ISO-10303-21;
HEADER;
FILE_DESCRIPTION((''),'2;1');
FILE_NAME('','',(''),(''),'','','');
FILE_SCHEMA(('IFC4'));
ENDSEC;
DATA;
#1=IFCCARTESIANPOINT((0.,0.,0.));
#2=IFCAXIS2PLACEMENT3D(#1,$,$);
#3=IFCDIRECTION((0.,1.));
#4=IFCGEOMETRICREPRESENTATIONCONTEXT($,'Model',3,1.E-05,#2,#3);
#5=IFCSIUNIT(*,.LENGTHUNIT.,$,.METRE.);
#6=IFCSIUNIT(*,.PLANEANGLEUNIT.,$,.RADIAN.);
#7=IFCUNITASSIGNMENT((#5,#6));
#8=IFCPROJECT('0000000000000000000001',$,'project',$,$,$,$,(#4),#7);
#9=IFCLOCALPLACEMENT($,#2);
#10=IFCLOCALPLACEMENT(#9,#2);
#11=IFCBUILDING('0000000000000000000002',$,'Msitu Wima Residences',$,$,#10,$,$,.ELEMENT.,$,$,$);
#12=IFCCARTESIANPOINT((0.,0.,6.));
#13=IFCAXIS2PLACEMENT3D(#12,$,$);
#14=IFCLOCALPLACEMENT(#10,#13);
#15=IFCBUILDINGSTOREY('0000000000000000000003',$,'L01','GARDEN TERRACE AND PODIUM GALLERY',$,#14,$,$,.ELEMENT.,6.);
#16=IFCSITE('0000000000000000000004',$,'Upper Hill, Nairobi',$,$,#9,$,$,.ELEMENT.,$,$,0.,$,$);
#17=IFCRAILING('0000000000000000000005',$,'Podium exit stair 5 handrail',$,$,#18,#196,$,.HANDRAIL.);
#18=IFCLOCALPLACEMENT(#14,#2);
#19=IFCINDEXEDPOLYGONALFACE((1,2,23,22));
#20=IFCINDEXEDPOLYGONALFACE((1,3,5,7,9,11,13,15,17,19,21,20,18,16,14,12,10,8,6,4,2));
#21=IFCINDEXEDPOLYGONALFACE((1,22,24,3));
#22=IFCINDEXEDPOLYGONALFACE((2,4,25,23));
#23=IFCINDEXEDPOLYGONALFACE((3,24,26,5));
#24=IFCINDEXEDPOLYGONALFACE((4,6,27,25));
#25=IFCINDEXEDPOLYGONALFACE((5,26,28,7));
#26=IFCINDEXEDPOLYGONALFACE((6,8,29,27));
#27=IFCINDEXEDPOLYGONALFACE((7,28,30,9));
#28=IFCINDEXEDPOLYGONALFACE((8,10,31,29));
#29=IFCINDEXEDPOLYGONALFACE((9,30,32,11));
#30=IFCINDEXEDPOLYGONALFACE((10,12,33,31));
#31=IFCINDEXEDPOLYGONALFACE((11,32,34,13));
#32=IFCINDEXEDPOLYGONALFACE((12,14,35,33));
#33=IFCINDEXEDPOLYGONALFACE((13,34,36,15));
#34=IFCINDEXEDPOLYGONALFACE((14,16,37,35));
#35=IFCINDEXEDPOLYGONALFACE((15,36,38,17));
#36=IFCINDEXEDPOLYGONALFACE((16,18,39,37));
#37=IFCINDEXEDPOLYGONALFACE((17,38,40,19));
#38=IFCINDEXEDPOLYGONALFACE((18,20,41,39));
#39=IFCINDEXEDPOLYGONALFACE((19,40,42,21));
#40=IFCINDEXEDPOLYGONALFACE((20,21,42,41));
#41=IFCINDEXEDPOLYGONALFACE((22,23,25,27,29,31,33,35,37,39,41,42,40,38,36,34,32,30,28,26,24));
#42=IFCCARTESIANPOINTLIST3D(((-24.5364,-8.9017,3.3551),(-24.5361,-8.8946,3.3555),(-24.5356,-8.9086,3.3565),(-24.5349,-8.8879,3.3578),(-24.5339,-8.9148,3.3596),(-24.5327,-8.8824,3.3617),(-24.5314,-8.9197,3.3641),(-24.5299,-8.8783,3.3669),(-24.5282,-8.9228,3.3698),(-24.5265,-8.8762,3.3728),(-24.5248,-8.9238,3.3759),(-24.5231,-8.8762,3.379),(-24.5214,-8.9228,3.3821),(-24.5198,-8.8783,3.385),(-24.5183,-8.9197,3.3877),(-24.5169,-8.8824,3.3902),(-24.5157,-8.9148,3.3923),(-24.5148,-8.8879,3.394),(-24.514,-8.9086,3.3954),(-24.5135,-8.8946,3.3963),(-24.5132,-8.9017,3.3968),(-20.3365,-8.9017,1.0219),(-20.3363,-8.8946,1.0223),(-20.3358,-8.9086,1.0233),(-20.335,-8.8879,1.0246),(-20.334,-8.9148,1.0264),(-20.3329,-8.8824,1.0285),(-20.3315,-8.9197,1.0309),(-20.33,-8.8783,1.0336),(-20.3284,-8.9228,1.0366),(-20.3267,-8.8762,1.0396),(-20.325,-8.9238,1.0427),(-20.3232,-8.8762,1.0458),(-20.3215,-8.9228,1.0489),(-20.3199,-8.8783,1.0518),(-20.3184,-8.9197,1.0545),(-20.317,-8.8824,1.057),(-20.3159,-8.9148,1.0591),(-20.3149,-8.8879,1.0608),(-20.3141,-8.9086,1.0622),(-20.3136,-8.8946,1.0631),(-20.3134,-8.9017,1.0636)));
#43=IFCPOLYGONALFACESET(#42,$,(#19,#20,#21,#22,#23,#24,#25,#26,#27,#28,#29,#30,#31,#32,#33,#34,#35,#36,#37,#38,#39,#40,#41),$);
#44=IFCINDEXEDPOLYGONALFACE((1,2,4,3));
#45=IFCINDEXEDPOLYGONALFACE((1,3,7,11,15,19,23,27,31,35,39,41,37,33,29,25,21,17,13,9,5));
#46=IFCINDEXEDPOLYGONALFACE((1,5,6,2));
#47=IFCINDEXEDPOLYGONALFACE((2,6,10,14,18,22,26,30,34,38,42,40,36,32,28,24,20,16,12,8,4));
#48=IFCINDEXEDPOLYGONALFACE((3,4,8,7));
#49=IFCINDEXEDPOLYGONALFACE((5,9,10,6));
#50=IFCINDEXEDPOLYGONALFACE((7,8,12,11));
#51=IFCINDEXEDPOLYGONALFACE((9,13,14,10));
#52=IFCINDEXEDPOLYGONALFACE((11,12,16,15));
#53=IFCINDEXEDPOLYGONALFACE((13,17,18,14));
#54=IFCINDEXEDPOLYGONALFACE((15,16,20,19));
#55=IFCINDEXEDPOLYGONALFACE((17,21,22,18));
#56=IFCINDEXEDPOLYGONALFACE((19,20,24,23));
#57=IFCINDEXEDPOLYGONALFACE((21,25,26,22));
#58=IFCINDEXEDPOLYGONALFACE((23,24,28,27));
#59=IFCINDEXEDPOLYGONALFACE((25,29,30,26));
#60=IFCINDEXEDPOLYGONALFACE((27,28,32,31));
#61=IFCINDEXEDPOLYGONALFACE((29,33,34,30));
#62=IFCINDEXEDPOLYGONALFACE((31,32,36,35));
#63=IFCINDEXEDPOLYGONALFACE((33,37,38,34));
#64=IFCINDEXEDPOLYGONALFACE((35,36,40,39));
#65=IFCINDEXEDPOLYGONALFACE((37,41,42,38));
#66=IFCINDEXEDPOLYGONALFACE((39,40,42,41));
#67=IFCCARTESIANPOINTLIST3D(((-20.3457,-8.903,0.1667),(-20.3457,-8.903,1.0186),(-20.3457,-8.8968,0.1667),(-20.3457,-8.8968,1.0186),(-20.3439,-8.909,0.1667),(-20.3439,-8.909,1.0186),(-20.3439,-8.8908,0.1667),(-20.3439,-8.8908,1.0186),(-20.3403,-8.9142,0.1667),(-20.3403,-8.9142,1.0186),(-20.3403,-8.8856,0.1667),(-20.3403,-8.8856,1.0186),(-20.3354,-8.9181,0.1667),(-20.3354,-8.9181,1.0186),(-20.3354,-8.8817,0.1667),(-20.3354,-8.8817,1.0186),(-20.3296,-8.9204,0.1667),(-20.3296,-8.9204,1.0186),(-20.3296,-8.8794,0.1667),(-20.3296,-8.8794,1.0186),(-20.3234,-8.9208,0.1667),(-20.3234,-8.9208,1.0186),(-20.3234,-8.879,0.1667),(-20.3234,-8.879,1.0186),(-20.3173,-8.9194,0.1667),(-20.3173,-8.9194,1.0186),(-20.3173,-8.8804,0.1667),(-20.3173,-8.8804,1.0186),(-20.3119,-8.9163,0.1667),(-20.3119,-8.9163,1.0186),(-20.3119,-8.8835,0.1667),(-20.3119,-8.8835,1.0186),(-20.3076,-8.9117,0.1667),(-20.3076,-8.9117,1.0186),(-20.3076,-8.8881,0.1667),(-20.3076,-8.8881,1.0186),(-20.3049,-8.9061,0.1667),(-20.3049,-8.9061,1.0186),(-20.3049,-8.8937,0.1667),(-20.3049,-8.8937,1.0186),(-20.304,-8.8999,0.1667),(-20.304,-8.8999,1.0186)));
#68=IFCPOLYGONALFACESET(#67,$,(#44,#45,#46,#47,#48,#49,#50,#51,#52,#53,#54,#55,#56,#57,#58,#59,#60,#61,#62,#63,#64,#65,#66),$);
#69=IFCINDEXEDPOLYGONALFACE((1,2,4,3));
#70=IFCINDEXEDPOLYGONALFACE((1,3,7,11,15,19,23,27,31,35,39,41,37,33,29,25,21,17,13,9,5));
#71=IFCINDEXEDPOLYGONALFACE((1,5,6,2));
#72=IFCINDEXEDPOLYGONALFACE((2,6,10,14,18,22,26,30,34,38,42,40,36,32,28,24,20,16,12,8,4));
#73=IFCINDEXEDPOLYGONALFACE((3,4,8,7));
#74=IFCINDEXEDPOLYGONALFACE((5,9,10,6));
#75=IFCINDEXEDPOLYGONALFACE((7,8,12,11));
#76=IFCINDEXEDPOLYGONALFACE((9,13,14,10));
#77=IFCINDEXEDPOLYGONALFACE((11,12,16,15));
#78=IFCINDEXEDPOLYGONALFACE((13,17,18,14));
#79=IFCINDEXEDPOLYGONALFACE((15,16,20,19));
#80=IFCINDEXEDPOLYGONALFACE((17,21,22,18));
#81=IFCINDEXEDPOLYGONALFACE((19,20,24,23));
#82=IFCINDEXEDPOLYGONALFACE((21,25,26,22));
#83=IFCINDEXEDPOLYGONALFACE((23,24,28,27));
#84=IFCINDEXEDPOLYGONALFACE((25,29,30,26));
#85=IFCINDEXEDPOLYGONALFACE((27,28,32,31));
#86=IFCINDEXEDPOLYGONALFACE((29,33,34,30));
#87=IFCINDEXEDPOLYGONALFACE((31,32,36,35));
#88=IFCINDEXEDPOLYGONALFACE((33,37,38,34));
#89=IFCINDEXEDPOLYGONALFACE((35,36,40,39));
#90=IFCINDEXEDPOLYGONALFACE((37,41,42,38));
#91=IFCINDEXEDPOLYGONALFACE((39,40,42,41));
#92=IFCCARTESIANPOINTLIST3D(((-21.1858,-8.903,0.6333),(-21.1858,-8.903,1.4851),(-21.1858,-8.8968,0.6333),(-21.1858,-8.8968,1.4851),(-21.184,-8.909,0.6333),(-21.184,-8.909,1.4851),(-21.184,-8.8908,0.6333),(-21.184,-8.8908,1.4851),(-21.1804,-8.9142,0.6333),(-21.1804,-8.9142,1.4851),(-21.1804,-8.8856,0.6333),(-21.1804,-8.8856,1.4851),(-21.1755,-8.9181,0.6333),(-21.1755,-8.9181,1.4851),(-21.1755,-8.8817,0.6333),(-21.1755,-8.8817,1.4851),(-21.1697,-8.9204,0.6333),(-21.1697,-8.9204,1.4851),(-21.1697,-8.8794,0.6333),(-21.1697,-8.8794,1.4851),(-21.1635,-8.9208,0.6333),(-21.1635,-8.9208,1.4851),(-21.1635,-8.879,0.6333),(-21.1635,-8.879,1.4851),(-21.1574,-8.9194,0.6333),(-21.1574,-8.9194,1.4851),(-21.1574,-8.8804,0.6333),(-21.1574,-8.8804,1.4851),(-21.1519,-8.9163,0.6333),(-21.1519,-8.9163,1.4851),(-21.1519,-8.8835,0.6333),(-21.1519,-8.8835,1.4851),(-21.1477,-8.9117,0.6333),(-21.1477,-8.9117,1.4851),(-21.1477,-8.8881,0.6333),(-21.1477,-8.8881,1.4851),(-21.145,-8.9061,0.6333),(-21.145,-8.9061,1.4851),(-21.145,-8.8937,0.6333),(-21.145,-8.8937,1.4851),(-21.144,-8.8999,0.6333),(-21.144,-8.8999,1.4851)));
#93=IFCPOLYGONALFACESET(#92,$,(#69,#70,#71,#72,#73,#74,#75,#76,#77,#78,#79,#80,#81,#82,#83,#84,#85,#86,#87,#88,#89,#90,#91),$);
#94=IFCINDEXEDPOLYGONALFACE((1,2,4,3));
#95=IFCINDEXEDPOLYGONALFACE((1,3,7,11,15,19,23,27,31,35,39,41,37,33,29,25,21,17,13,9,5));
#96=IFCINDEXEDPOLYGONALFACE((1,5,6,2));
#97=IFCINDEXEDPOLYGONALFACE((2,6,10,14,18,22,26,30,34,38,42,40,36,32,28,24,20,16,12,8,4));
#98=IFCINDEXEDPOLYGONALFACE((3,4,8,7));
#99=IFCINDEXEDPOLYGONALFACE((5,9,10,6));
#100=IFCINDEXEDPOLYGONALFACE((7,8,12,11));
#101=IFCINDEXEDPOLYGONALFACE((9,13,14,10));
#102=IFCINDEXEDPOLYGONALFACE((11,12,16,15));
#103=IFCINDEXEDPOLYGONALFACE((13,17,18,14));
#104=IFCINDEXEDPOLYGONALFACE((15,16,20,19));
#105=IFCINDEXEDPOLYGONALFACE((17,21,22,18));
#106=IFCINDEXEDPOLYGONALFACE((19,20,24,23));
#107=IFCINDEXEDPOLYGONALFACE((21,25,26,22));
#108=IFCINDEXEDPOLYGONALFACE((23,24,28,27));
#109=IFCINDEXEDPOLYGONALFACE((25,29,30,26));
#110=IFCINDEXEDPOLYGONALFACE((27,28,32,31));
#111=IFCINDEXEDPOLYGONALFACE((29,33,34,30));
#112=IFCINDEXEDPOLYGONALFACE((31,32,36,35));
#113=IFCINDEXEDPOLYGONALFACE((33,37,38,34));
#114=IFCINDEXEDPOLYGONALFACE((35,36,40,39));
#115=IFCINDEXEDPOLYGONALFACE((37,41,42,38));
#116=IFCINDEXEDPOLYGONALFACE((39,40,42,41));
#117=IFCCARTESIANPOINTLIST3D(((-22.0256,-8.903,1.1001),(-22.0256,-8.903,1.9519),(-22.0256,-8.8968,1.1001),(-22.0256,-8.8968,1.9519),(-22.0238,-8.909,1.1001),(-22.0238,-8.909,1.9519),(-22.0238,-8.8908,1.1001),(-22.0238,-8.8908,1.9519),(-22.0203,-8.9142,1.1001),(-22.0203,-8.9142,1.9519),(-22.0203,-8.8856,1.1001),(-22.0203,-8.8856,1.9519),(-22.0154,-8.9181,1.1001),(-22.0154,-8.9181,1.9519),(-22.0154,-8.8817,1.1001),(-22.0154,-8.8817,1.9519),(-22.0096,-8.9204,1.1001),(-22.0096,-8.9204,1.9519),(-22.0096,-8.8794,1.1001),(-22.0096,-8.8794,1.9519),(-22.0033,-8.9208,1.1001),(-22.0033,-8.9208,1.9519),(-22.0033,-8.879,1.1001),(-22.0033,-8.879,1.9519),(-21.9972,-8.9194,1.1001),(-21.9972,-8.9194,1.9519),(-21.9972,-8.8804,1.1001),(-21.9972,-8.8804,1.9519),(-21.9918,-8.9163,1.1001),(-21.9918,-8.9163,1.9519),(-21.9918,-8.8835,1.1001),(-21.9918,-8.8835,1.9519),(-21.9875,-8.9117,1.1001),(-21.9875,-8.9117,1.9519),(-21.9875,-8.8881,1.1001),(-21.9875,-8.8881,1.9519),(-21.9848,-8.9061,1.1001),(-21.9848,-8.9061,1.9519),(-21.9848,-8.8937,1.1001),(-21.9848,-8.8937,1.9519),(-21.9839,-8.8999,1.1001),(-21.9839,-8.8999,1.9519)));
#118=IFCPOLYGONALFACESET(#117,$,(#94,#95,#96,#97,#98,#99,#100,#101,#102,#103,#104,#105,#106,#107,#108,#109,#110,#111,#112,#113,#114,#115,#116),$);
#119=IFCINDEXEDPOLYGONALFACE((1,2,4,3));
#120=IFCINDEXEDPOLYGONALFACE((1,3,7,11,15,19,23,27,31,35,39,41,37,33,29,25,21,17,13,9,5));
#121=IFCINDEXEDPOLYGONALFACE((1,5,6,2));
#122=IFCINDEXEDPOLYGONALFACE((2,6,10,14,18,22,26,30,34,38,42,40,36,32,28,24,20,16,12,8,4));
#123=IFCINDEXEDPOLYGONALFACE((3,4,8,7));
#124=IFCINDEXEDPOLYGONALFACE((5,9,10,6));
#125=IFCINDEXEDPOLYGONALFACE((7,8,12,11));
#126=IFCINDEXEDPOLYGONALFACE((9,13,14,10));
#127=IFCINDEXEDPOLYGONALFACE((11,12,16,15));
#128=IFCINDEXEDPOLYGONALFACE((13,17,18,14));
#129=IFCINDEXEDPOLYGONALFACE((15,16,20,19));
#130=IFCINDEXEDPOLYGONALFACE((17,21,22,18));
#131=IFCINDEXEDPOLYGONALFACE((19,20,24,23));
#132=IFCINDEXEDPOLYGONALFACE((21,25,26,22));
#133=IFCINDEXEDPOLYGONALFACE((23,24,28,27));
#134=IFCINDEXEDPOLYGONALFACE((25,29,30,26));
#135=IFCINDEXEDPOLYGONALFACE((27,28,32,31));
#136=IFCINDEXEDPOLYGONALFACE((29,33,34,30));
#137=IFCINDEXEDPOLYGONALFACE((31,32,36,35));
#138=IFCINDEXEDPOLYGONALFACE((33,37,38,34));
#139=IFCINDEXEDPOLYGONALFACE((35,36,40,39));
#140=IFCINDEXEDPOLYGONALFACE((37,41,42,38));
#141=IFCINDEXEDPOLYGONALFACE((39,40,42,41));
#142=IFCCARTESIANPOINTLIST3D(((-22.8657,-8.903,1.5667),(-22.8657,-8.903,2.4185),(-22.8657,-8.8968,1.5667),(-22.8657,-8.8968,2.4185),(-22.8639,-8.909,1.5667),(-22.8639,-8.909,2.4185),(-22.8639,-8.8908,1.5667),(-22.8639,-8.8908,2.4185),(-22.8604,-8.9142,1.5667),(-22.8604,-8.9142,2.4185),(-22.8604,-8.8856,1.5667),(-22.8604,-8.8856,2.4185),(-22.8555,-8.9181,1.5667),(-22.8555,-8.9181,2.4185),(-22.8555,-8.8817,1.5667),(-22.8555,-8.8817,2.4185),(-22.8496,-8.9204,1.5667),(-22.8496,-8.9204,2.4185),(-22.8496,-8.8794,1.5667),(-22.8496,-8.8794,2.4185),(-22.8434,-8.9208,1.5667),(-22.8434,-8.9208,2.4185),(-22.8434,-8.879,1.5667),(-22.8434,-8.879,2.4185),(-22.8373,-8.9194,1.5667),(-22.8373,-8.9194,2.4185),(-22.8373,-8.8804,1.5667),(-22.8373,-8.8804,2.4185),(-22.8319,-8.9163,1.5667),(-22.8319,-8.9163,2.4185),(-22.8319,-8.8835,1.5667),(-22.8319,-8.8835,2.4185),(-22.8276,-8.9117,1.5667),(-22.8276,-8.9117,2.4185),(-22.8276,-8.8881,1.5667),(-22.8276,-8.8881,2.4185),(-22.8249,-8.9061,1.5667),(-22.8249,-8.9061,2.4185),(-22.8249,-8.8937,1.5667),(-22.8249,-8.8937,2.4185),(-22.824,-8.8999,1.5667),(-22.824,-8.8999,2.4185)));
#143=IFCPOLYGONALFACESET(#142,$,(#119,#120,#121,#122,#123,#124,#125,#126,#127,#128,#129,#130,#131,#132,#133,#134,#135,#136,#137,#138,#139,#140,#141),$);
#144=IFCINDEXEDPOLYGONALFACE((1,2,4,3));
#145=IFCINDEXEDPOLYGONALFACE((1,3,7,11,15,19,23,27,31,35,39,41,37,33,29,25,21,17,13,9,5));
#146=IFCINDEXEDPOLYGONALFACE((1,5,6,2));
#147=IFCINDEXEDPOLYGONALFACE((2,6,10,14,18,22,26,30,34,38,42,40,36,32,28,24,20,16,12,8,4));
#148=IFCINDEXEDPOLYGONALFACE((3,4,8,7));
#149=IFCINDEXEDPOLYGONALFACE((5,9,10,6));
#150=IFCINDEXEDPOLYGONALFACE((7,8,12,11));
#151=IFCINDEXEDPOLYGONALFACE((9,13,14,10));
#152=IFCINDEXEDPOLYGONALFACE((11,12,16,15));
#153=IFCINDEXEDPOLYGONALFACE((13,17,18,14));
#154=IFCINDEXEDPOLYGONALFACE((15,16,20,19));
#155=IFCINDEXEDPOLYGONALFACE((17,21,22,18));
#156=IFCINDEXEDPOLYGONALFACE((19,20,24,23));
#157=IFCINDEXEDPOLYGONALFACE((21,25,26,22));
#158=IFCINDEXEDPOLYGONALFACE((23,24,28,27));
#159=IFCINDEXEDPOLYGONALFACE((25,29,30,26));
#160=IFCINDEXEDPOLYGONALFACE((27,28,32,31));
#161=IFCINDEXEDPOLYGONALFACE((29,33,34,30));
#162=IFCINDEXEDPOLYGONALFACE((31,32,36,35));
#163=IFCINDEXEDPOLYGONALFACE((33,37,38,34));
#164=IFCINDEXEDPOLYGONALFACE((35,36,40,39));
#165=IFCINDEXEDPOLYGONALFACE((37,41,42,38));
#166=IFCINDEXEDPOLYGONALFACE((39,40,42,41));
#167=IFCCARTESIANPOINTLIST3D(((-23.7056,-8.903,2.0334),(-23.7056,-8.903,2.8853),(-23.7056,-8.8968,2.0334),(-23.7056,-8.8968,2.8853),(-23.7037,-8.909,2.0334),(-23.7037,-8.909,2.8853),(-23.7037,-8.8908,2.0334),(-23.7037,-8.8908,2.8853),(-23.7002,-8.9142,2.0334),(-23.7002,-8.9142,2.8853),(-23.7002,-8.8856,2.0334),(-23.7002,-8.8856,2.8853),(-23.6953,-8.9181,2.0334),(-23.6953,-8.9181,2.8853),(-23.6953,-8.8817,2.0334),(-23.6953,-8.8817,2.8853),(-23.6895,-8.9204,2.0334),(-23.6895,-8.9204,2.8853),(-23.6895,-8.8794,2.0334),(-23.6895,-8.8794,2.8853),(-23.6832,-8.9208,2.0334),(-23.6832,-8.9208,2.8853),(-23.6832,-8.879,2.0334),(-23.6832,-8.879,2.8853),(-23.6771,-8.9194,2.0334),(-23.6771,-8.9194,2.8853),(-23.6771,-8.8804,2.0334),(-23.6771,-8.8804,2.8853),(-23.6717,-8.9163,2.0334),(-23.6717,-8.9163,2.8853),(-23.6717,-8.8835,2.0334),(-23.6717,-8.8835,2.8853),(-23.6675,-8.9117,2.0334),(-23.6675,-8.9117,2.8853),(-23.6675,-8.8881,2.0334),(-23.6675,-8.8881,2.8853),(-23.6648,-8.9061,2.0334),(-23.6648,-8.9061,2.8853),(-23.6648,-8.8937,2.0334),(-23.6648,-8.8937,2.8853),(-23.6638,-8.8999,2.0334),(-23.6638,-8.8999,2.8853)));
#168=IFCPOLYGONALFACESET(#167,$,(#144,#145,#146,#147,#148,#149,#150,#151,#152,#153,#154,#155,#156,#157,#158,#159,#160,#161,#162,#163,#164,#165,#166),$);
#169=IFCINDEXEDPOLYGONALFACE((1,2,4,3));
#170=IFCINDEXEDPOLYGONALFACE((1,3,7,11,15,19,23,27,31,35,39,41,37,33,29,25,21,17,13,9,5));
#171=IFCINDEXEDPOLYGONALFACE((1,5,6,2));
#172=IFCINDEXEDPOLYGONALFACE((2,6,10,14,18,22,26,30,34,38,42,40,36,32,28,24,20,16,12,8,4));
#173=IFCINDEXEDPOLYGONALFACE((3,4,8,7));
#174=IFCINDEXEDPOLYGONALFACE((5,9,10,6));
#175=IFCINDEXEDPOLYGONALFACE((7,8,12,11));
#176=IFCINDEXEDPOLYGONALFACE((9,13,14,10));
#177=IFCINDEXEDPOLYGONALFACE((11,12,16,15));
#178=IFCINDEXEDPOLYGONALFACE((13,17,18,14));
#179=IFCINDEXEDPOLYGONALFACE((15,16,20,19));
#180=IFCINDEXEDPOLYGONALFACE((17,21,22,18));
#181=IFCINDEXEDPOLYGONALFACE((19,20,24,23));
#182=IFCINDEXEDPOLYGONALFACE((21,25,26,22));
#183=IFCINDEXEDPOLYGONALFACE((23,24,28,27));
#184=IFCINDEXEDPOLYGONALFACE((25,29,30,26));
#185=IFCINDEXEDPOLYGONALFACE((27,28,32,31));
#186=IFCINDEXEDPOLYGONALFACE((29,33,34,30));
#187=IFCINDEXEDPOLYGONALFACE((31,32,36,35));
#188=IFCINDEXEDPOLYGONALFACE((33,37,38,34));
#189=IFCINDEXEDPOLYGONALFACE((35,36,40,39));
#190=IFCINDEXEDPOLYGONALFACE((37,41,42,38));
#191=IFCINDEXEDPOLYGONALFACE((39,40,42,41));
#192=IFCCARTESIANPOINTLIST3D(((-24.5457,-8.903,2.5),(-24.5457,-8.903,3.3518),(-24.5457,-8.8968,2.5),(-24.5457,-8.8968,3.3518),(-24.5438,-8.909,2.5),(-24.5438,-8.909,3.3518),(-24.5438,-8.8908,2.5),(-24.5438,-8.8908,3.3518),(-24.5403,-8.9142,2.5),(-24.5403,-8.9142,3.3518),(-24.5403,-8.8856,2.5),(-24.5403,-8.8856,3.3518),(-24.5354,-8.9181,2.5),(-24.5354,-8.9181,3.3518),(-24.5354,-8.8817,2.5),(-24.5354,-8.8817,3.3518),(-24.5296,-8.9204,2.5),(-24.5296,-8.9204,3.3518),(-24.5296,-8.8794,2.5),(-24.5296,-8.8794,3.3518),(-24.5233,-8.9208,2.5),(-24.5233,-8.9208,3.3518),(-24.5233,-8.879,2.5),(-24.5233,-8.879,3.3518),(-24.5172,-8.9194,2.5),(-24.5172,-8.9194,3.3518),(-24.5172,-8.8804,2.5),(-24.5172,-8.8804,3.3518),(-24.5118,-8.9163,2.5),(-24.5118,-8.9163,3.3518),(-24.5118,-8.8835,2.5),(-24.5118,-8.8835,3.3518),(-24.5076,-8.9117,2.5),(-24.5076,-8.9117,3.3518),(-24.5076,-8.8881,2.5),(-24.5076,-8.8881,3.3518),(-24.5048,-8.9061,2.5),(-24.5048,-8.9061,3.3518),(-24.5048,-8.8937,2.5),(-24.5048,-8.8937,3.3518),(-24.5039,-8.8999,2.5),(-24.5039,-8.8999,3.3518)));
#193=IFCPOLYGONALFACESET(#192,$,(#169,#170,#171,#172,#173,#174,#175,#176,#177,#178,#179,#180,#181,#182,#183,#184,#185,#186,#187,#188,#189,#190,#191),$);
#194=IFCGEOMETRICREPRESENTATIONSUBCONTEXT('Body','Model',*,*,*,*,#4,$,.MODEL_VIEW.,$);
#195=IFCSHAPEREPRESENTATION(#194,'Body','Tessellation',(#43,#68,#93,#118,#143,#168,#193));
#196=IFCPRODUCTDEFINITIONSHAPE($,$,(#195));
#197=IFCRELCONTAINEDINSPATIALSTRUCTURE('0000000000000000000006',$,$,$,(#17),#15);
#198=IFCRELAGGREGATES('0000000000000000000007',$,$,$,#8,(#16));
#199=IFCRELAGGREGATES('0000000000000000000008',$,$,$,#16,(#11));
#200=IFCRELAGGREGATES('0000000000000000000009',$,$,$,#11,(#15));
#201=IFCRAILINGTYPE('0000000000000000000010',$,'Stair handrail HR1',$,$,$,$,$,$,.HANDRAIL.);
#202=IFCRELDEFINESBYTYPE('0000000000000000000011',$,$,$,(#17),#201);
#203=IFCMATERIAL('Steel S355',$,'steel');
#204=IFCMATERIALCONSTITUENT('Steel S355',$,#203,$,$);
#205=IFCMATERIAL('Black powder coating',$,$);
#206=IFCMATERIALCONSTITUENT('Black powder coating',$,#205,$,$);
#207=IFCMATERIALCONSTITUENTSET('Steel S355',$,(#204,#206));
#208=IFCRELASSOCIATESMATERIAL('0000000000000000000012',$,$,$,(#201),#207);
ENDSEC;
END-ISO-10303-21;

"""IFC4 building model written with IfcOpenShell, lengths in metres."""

from ifc_helpers import new_model, si_unit, direction, frame, origin, origin_2d, place, context, subcontext, project, spatial, circle, extrude, material, constituent, constituent_set, type_object, element, save


model = new_model("IFC4")

# Units and contexts
model_context = context("Model", 3, precision=1e-05, world=origin(), true_north=direction((0.0, 1.0)))
body_context = subcontext(model_context, "Body", "Model", "MODEL_VIEW")
ifc_project = project(units=[si_unit("LENGTHUNIT", "METRE"), si_unit("PLANEANGLEUNIT", "RADIAN")], contexts=[model_context])

# Site, building, storey
site_placement = place(None, origin())
site = spatial("IfcSite", under=ifc_project, at=site_placement, Name="Upper Hill, Nairobi", CompositionType="ELEMENT", RefElevation=0.0)
building_placement = place(site_placement, origin())
building = spatial("IfcBuilding", under=site, at=building_placement, Name="Msitu Wima Residences", CompositionType="ELEMENT")
storey_placement = place(building_placement, frame((0.0, 0.0, 6.0)))
storey = spatial("IfcBuildingStorey", under=building, at=storey_placement, Name="L01", Description="GARDEN TERRACE AND PODIUM GALLERY", CompositionType="ELEMENT", Elevation=6.0)

# Railing
ifc_material_1 = material(Name="Steel S355", Category="steel")
ifc_constituent_1 = constituent(ifc_material_1, Name="Steel S355")
ifc_material_2 = material(Name="Black powder coating")
ifc_constituent_2 = constituent(ifc_material_2, Name="Black powder coating")
ifc_constituent_set = constituent_set(constituents=[ifc_constituent_1, ifc_constituent_2], Name="Steel S355")
railing_type = type_object("IfcRailingType", Name="Stair handrail HR1", PredefinedType="HANDRAIL", material=ifc_constituent_set)
for number, where, name in (
    (1, (-20.325, -8.8999, 0.1667), "Podium exit stair 5 handrail"),
):
    element("IfcRailing", number, at=place(storey_placement, frame(where)), inside=storey, type_object=railing_type, Name=name, PredefinedType="HANDRAIL", context=body_context, shape_type="SweptSolid", body=[
        extrude(circle(Radius=0.0239, at=origin_2d()), frame((0.0, 0.0, 0.876), z_axis=(-0.874162, 0.0, 0.485634), x_axis=(0.0, -1.0, 0.0)), (0.0, 0.0, 1.0), 4.8044),
        extrude(circle(Radius=0.021, at=origin_2d()), origin(), (0.0, 0.0, 1.0), 0.8518),
        extrude(circle(Radius=0.021, at=origin_2d()), frame((-0.8401, 0.0, 0.4666)), (0.0, 0.0, 1.0), 0.8518),
        extrude(circle(Radius=0.021, at=origin_2d()), frame((-1.6799, 0.0, 0.9333)), (0.0, 0.0, 1.0), 0.8518),
        extrude(circle(Radius=0.021, at=origin_2d()), frame((-2.52, 0.0, 1.3999)), (0.0, 0.0, 1.0), 0.8518),
        extrude(circle(Radius=0.021, at=origin_2d()), frame((-3.3599, 0.0, 1.8667)), (0.0, 0.0, 1.0), 0.8518),
        extrude(circle(Radius=0.021, at=origin_2d()), frame((-4.2, 0.0, 2.3333)), (0.0, 0.0, 1.0), 0.8518),
    ])

save(model, "model.ifc")
